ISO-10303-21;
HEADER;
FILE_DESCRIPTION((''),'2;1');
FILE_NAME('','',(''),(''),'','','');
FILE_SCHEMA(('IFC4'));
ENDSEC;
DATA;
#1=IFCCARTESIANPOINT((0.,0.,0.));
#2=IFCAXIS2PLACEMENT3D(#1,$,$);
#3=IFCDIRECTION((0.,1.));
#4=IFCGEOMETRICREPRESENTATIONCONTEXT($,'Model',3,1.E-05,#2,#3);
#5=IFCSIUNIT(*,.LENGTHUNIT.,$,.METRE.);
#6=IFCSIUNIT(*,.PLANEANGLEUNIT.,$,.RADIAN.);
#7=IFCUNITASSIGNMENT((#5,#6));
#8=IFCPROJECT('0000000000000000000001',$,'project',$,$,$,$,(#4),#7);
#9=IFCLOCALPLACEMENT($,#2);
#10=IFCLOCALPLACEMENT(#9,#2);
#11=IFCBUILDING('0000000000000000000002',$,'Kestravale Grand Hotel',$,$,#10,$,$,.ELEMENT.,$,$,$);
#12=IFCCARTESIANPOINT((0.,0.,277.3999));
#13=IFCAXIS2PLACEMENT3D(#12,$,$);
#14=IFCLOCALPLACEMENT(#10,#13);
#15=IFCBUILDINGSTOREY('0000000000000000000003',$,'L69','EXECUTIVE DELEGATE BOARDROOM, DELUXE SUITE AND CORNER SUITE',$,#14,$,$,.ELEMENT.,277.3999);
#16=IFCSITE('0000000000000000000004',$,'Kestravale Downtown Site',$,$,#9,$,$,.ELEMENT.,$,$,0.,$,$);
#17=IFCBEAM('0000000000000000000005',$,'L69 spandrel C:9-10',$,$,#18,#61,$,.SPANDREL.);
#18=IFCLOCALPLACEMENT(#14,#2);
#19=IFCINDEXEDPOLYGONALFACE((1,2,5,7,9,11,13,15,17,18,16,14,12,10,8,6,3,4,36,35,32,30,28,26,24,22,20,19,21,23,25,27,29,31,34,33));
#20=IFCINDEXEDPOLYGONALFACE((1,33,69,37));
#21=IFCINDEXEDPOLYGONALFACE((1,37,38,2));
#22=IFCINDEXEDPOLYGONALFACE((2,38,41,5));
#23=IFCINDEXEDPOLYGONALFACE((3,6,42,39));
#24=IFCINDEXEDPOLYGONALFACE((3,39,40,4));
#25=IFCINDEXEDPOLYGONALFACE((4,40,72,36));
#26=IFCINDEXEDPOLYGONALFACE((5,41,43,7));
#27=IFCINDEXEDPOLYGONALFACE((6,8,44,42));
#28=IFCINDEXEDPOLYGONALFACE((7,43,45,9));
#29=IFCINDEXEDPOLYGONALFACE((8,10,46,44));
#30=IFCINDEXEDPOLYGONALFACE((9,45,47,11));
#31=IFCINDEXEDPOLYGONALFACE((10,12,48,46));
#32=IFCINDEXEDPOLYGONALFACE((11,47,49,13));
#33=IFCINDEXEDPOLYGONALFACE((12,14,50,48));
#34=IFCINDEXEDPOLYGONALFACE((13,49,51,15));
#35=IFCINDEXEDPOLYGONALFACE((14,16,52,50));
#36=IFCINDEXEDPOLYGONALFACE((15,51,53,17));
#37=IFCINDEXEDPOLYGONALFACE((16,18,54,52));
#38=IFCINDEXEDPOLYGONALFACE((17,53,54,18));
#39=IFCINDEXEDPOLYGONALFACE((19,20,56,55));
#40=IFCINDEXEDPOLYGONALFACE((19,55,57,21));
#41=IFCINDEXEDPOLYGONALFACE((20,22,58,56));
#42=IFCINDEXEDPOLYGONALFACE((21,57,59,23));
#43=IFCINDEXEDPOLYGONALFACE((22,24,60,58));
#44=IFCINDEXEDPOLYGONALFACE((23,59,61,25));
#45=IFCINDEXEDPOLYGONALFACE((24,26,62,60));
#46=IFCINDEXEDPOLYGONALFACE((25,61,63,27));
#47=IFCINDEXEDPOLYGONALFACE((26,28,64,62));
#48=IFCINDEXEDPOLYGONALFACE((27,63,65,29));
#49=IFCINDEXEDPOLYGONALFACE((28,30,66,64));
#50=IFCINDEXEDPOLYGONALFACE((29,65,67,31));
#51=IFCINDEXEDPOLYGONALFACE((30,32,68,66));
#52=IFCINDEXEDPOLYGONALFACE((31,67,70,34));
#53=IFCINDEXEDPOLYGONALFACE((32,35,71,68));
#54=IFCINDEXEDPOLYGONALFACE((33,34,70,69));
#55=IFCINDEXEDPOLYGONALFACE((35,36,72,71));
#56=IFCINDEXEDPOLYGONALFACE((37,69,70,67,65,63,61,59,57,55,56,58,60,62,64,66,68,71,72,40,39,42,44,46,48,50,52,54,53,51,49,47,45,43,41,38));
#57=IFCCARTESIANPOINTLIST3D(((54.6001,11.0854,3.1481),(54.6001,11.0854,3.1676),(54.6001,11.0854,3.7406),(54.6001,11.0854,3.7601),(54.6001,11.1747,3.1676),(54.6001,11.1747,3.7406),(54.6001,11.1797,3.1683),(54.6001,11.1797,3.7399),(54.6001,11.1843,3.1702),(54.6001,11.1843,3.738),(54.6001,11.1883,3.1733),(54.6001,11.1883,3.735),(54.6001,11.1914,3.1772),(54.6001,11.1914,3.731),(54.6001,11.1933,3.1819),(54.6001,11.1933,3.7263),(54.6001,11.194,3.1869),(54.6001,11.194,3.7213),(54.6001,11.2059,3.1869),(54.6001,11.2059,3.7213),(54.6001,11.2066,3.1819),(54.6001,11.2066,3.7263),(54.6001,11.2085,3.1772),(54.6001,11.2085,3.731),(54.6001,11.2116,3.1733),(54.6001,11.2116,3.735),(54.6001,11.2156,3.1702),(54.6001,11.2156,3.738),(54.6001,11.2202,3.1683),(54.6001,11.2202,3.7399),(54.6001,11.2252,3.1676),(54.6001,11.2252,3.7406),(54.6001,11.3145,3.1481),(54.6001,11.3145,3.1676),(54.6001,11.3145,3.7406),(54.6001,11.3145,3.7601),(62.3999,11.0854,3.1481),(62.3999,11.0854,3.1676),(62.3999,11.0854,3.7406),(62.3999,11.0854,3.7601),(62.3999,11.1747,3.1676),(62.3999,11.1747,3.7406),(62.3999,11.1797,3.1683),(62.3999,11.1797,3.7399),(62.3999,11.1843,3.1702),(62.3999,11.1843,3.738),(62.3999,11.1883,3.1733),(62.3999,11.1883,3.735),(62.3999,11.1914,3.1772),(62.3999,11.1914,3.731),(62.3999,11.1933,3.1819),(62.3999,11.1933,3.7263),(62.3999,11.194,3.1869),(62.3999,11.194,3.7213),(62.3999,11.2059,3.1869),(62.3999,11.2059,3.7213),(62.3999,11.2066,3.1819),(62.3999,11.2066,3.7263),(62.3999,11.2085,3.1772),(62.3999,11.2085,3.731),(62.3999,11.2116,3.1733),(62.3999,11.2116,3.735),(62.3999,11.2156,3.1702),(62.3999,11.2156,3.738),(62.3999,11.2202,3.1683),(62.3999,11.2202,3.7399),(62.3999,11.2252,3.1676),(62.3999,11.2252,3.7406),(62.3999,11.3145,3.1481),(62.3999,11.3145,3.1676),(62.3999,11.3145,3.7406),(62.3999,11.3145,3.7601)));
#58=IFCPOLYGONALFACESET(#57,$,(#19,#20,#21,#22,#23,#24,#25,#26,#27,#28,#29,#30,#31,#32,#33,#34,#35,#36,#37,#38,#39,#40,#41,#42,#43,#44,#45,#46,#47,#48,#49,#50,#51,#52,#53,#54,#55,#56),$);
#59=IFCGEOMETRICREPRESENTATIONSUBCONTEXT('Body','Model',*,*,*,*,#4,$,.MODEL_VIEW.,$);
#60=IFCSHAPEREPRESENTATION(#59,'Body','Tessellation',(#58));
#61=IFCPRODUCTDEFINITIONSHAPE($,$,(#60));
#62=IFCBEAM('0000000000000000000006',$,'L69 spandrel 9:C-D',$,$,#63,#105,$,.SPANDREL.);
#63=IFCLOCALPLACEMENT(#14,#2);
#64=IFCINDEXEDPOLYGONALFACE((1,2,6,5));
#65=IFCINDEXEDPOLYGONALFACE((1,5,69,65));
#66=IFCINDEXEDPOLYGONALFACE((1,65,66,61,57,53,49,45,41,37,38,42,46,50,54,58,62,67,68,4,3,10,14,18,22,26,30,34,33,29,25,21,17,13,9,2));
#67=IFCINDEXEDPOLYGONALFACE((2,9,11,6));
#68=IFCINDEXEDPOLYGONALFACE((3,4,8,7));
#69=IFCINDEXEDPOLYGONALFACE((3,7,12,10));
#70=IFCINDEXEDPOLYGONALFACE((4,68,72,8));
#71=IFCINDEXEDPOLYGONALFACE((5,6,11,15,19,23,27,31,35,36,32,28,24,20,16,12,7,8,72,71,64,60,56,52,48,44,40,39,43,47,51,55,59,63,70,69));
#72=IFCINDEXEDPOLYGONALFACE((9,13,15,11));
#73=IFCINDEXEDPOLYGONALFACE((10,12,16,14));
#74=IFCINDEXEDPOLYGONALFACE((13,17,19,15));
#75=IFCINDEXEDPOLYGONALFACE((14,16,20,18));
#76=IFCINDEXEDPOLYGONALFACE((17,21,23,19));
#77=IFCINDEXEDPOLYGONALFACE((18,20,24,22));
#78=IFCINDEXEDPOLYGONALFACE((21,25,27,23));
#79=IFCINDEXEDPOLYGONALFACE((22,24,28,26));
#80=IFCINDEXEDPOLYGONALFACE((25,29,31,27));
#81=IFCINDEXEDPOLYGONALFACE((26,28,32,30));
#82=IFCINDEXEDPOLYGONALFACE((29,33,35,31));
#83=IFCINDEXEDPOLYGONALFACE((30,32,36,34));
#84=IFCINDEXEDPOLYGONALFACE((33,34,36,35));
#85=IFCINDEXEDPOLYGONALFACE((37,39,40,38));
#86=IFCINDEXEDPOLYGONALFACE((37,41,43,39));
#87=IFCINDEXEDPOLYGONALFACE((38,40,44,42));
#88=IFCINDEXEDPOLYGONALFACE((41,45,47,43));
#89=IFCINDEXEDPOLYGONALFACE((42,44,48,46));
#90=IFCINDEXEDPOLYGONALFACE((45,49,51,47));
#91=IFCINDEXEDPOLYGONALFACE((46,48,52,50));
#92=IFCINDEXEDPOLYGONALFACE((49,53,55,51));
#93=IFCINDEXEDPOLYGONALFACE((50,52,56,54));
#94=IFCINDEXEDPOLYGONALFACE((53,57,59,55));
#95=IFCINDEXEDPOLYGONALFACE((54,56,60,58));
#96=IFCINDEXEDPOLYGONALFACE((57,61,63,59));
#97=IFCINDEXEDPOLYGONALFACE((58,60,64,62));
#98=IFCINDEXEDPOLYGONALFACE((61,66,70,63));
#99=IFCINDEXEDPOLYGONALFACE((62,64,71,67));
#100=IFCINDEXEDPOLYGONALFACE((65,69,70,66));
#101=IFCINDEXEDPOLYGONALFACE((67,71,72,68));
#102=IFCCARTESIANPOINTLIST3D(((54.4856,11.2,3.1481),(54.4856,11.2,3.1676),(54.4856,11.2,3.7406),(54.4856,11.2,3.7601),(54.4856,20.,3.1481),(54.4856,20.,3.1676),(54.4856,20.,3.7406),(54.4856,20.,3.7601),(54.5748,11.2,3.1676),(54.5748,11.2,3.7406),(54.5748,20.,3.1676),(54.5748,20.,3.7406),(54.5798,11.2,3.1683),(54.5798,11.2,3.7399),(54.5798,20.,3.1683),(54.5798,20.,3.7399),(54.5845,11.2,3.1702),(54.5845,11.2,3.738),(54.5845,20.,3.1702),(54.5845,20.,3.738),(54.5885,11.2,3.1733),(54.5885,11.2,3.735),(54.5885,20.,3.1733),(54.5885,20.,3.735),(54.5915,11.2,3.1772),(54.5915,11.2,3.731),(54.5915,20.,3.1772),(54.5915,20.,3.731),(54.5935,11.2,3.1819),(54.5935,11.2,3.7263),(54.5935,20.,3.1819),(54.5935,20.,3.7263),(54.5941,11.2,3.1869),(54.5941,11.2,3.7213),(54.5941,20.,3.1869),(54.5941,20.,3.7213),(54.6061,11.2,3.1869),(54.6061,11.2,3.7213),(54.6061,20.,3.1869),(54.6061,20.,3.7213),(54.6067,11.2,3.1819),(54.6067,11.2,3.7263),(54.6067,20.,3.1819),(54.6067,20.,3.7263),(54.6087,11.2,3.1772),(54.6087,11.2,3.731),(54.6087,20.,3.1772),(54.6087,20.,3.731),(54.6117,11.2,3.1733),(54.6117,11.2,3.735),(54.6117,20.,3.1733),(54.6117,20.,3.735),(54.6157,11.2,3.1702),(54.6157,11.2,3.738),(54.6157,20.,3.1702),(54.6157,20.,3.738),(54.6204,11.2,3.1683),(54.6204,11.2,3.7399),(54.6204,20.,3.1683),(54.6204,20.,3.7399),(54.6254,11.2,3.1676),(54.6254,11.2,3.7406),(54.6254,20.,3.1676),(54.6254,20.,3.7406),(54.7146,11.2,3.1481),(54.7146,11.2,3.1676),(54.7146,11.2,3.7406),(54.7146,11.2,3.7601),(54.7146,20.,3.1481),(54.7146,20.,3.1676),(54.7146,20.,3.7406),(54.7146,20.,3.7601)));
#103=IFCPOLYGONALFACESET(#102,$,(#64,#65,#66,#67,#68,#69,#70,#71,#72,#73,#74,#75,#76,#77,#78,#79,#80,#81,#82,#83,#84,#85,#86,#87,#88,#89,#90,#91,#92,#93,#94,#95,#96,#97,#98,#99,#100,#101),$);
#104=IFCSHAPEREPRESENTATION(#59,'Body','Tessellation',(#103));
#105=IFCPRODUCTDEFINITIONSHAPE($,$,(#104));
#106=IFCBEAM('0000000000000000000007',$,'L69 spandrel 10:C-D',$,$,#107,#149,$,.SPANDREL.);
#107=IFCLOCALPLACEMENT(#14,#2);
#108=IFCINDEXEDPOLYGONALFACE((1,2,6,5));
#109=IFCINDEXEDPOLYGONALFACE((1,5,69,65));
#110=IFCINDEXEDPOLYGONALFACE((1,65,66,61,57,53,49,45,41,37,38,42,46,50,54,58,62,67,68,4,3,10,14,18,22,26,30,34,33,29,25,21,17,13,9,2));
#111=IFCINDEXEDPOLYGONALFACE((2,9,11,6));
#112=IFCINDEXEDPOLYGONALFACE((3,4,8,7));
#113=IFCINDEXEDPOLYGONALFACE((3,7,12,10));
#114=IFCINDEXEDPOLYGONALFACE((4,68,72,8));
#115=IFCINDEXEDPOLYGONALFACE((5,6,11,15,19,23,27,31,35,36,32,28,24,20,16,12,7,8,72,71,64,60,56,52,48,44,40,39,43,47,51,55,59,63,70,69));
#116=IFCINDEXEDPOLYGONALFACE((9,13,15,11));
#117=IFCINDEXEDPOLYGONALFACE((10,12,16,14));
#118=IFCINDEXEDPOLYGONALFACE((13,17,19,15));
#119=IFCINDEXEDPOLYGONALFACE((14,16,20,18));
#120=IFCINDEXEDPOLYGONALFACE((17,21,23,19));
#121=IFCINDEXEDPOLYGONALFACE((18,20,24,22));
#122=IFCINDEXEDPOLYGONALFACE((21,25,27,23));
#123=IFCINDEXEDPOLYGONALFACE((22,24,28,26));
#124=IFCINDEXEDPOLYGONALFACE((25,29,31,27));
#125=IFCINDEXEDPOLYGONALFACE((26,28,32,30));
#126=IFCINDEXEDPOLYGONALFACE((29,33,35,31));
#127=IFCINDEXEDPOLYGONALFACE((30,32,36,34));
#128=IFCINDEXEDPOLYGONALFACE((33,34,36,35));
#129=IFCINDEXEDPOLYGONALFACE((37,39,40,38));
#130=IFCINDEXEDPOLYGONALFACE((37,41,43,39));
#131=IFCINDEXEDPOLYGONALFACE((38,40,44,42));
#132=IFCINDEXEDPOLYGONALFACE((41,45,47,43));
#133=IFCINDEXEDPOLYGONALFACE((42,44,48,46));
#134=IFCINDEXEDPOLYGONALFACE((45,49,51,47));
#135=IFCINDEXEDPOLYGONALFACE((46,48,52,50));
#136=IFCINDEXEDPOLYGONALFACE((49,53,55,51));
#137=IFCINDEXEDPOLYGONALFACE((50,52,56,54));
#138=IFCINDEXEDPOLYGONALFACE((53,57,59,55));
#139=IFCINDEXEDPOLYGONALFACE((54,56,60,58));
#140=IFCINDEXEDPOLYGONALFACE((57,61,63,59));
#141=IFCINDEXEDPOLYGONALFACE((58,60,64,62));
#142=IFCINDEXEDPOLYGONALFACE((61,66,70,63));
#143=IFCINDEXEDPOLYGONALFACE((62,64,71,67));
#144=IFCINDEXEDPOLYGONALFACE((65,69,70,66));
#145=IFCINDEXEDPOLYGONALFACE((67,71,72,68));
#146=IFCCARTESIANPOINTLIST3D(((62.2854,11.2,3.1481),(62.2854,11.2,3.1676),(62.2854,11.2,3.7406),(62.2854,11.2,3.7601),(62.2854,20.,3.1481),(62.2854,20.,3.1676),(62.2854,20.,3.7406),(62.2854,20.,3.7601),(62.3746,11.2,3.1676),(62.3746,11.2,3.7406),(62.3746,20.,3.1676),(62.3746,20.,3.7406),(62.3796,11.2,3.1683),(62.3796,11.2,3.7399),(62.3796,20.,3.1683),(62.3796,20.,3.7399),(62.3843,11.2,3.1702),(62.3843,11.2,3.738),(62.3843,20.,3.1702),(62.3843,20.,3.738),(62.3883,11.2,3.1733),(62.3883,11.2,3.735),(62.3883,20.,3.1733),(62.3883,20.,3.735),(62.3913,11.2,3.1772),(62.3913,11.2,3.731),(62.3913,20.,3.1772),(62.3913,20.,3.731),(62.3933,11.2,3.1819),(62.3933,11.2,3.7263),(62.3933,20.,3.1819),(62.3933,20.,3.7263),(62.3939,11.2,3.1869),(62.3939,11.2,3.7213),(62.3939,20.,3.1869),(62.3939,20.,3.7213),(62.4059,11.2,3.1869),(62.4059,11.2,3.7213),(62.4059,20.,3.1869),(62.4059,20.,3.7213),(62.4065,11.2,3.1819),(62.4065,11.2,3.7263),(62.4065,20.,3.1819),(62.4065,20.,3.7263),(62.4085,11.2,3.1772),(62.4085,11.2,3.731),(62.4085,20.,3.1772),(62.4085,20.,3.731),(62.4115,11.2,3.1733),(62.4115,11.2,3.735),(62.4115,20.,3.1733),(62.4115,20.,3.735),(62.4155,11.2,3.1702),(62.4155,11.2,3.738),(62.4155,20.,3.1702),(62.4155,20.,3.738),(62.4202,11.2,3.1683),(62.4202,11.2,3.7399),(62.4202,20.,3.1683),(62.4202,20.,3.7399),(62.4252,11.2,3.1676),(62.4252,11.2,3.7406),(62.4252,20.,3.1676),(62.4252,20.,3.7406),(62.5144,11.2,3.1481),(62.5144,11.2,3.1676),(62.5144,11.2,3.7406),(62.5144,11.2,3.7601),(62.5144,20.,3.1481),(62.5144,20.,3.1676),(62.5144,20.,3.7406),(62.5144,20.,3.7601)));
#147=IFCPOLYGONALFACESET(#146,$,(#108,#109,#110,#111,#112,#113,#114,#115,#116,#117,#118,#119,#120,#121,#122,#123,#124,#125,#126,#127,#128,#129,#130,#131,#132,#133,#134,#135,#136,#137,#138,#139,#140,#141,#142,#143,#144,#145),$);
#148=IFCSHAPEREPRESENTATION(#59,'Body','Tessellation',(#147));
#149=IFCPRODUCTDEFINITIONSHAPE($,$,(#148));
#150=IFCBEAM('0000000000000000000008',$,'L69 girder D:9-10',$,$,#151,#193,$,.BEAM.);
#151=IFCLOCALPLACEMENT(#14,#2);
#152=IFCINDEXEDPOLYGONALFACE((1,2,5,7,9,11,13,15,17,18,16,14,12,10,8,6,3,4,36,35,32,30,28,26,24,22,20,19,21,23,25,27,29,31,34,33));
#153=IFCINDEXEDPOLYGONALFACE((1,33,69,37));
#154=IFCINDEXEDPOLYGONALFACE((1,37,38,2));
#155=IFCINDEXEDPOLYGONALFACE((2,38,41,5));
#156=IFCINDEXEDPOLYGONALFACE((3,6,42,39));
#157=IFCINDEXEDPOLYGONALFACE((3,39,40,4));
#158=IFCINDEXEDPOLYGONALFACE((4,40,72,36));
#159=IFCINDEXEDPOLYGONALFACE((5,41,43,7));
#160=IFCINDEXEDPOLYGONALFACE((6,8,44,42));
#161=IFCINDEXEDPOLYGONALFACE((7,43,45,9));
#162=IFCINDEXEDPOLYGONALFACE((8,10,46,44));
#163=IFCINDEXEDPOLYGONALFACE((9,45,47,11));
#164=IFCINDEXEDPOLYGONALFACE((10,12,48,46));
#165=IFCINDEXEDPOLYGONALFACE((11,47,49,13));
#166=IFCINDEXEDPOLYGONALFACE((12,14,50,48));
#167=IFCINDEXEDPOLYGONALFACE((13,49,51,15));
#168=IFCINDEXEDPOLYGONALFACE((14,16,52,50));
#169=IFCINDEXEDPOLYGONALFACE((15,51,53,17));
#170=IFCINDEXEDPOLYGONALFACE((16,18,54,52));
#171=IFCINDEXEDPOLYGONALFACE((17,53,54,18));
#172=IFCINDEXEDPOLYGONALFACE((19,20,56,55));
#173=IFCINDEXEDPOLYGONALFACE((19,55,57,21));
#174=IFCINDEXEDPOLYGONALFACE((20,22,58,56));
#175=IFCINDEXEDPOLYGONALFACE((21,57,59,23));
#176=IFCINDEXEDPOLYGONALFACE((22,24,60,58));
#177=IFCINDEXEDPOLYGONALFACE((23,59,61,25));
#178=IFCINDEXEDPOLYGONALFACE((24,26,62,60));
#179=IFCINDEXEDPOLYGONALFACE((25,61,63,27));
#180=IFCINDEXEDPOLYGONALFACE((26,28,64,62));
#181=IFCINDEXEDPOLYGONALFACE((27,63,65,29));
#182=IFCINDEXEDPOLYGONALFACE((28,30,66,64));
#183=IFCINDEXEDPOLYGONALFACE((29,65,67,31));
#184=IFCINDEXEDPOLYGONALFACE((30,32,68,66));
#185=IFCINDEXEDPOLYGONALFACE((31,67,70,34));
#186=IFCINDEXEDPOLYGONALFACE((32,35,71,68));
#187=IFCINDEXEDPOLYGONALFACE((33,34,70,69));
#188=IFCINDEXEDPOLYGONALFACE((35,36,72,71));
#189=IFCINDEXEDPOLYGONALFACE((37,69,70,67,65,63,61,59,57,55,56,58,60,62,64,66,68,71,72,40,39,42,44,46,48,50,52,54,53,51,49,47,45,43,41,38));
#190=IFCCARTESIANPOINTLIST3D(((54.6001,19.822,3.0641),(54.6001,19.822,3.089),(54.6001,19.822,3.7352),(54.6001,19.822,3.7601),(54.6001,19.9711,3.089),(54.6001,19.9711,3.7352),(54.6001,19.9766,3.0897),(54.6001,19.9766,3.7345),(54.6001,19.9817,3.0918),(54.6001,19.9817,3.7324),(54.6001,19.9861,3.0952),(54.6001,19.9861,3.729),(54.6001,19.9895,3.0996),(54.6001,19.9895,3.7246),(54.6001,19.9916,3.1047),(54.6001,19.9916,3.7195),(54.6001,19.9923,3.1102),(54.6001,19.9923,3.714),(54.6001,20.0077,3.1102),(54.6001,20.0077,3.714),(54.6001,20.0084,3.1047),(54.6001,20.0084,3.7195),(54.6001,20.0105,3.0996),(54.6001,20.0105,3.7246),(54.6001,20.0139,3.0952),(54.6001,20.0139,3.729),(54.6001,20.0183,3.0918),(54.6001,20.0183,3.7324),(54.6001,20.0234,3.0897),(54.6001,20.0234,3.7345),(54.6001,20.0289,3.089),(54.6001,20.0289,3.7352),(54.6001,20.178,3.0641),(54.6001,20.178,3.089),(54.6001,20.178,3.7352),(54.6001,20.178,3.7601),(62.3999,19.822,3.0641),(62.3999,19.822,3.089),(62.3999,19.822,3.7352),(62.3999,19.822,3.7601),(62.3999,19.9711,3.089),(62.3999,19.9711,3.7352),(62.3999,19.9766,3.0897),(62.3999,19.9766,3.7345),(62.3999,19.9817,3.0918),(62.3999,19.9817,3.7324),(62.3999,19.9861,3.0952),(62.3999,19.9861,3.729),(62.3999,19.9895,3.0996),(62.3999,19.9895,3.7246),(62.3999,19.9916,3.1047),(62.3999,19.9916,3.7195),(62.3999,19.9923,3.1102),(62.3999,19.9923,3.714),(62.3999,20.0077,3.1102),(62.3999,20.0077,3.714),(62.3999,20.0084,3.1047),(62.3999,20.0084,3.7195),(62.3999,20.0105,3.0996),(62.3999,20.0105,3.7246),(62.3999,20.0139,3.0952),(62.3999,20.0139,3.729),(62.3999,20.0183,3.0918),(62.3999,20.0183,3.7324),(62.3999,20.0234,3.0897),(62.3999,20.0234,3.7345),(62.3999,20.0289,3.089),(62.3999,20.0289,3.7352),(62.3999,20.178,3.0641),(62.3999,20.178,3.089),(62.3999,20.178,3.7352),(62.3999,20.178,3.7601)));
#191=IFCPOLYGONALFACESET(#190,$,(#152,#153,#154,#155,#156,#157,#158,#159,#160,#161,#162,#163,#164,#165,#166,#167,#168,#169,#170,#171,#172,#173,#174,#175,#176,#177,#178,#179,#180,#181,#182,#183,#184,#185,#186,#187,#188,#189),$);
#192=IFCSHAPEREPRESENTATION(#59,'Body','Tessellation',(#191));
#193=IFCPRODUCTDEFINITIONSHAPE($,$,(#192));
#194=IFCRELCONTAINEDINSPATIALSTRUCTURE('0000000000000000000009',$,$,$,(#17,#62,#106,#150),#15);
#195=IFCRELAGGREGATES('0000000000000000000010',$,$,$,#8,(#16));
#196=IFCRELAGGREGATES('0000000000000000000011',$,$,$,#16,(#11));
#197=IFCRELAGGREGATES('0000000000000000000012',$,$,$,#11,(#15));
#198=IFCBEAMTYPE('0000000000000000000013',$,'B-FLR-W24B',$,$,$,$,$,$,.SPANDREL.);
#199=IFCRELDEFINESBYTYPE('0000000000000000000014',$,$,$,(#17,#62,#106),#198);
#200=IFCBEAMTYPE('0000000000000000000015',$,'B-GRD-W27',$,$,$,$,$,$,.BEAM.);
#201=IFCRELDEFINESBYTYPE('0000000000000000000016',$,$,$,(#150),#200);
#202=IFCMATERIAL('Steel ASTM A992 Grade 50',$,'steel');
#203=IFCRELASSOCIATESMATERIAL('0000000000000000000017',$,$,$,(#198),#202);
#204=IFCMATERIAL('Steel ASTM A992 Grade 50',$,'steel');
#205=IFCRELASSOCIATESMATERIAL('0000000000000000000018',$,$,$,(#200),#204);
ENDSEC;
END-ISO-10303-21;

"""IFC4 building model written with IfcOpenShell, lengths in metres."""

from ifc_helpers import new_model, si_unit, direction, frame, origin, origin_2d, place, context, subcontext, project, spatial, i_section, extrude, material, material_profile, profile_set, type_object, element, save


model = new_model("IFC4")

# Units and contexts
model_context = context("Model", 3, precision=1e-05, world=origin(), true_north=direction((0.0, 1.0)))
body_context = subcontext(model_context, "Body", "Model", "MODEL_VIEW")
ifc_project = project(units=[si_unit("LENGTHUNIT", "METRE"), si_unit("PLANEANGLEUNIT", "RADIAN")], contexts=[model_context])

# Site, building, storey
site_placement = place(None, origin())
site = spatial("IfcSite", under=ifc_project, at=site_placement, Name="Kestravale Downtown Site", CompositionType="ELEMENT", RefElevation=0.0)
building_placement = place(site_placement, origin())
building = spatial("IfcBuilding", under=site, at=building_placement, Name="Kestravale Grand Hotel", CompositionType="ELEMENT")
storey_placement = place(building_placement, frame((0.0, 0.0, 277.3999)))
storey = spatial("IfcBuildingStorey", under=building, at=storey_placement, Name="L69", Description="EXECUTIVE DELEGATE BOARDROOM, DELUXE SUITE AND CORNER SUITE", CompositionType="ELEMENT", Elevation=277.3999)

# Beams
ifc_material_1 = material(Name="Steel ASTM A992 Grade 50", Category="steel")
ifc_material_profile_1 = material_profile(ifc_material_1, i_section(OverallWidth=0.229, OverallDepth=0.6121, WebThickness=0.012, FlangeThickness=0.0195, FilletRadius=0.0193, at=origin_2d()))
ifc_profile_set_1 = profile_set([ifc_material_profile_1], Name="Steel ASTM A992 Grade 50")
beam_type_1 = type_object("IfcBeamType", Name="B-FLR-W24B", PredefinedType="SPANDREL", material=ifc_profile_set_1)
beam_1_placement = place(storey_placement, frame((54.6001, 11.2, 3.4541), z_axis=(1.0, 0.0, 0.0), x_axis=(0.0, 1.0, 0.0)))
element("IfcBeam", 1, at=beam_1_placement, inside=storey, type_object=beam_type_1, Name="L69 spandrel C:9-10", PredefinedType="SPANDREL", context=body_context, shape_type="SweptSolid", body=[
    extrude(i_section(OverallWidth=0.229, OverallDepth=0.6121, WebThickness=0.012, FlangeThickness=0.0195, FilletRadius=0.0193, at=origin_2d()), origin(), (0.0, 0.0, 1.0), 7.7998),
])
for number, where, z_axis, x_axis, name in (
    (2, (54.6001, 11.2, 3.4541), (0.0, 1.0, 0.0), (-1.0, 0.0, 0.0), "L69 spandrel 9:C-D"),
    (3, (62.3999, 11.2, 3.4541), (0.0, 1.0, 0.0), (-1.0, 0.0, 0.0), "L69 spandrel 10:C-D"),
):
    element("IfcBeam", number, at=place(storey_placement, frame(where, z_axis=z_axis, x_axis=x_axis)), inside=storey, type_object=beam_type_1, Name=name, PredefinedType="SPANDREL", context=body_context, shape_type="SweptSolid", body=[
        extrude(i_section(OverallWidth=0.229, OverallDepth=0.6121, WebThickness=0.012, FlangeThickness=0.0195, FilletRadius=0.0193, at=origin_2d()), origin(), (0.0, 0.0, 1.0), 8.8),
    ])
ifc_material_2 = material(Name="Steel ASTM A992 Grade 50", Category="steel")
ifc_material_profile_2 = material_profile(ifc_material_2, i_section(OverallWidth=0.356, OverallDepth=0.696, WebThickness=0.0154, FlangeThickness=0.0249, FilletRadius=0.0212, at=origin_2d()))
ifc_profile_set_2 = profile_set([ifc_material_profile_2], Name="Steel ASTM A992 Grade 50")
beam_type_2 = type_object("IfcBeamType", Name="B-GRD-W27", PredefinedType="BEAM", material=ifc_profile_set_2)
beam_2_placement = place(storey_placement, frame((54.6001, 20.0, 3.4121), z_axis=(1.0, 0.0, 0.0), x_axis=(0.0, 1.0, 0.0)))
element("IfcBeam", 4, at=beam_2_placement, inside=storey, type_object=beam_type_2, Name="L69 girder D:9-10", PredefinedType="BEAM", context=body_context, shape_type="SweptSolid", body=[
    extrude(i_section(OverallWidth=0.356, OverallDepth=0.696, WebThickness=0.0154, FlangeThickness=0.0249, FilletRadius=0.0212, at=origin_2d()), origin(), (0.0, 0.0, 1.0), 7.7998),
])

save(model, "model.ifc")
